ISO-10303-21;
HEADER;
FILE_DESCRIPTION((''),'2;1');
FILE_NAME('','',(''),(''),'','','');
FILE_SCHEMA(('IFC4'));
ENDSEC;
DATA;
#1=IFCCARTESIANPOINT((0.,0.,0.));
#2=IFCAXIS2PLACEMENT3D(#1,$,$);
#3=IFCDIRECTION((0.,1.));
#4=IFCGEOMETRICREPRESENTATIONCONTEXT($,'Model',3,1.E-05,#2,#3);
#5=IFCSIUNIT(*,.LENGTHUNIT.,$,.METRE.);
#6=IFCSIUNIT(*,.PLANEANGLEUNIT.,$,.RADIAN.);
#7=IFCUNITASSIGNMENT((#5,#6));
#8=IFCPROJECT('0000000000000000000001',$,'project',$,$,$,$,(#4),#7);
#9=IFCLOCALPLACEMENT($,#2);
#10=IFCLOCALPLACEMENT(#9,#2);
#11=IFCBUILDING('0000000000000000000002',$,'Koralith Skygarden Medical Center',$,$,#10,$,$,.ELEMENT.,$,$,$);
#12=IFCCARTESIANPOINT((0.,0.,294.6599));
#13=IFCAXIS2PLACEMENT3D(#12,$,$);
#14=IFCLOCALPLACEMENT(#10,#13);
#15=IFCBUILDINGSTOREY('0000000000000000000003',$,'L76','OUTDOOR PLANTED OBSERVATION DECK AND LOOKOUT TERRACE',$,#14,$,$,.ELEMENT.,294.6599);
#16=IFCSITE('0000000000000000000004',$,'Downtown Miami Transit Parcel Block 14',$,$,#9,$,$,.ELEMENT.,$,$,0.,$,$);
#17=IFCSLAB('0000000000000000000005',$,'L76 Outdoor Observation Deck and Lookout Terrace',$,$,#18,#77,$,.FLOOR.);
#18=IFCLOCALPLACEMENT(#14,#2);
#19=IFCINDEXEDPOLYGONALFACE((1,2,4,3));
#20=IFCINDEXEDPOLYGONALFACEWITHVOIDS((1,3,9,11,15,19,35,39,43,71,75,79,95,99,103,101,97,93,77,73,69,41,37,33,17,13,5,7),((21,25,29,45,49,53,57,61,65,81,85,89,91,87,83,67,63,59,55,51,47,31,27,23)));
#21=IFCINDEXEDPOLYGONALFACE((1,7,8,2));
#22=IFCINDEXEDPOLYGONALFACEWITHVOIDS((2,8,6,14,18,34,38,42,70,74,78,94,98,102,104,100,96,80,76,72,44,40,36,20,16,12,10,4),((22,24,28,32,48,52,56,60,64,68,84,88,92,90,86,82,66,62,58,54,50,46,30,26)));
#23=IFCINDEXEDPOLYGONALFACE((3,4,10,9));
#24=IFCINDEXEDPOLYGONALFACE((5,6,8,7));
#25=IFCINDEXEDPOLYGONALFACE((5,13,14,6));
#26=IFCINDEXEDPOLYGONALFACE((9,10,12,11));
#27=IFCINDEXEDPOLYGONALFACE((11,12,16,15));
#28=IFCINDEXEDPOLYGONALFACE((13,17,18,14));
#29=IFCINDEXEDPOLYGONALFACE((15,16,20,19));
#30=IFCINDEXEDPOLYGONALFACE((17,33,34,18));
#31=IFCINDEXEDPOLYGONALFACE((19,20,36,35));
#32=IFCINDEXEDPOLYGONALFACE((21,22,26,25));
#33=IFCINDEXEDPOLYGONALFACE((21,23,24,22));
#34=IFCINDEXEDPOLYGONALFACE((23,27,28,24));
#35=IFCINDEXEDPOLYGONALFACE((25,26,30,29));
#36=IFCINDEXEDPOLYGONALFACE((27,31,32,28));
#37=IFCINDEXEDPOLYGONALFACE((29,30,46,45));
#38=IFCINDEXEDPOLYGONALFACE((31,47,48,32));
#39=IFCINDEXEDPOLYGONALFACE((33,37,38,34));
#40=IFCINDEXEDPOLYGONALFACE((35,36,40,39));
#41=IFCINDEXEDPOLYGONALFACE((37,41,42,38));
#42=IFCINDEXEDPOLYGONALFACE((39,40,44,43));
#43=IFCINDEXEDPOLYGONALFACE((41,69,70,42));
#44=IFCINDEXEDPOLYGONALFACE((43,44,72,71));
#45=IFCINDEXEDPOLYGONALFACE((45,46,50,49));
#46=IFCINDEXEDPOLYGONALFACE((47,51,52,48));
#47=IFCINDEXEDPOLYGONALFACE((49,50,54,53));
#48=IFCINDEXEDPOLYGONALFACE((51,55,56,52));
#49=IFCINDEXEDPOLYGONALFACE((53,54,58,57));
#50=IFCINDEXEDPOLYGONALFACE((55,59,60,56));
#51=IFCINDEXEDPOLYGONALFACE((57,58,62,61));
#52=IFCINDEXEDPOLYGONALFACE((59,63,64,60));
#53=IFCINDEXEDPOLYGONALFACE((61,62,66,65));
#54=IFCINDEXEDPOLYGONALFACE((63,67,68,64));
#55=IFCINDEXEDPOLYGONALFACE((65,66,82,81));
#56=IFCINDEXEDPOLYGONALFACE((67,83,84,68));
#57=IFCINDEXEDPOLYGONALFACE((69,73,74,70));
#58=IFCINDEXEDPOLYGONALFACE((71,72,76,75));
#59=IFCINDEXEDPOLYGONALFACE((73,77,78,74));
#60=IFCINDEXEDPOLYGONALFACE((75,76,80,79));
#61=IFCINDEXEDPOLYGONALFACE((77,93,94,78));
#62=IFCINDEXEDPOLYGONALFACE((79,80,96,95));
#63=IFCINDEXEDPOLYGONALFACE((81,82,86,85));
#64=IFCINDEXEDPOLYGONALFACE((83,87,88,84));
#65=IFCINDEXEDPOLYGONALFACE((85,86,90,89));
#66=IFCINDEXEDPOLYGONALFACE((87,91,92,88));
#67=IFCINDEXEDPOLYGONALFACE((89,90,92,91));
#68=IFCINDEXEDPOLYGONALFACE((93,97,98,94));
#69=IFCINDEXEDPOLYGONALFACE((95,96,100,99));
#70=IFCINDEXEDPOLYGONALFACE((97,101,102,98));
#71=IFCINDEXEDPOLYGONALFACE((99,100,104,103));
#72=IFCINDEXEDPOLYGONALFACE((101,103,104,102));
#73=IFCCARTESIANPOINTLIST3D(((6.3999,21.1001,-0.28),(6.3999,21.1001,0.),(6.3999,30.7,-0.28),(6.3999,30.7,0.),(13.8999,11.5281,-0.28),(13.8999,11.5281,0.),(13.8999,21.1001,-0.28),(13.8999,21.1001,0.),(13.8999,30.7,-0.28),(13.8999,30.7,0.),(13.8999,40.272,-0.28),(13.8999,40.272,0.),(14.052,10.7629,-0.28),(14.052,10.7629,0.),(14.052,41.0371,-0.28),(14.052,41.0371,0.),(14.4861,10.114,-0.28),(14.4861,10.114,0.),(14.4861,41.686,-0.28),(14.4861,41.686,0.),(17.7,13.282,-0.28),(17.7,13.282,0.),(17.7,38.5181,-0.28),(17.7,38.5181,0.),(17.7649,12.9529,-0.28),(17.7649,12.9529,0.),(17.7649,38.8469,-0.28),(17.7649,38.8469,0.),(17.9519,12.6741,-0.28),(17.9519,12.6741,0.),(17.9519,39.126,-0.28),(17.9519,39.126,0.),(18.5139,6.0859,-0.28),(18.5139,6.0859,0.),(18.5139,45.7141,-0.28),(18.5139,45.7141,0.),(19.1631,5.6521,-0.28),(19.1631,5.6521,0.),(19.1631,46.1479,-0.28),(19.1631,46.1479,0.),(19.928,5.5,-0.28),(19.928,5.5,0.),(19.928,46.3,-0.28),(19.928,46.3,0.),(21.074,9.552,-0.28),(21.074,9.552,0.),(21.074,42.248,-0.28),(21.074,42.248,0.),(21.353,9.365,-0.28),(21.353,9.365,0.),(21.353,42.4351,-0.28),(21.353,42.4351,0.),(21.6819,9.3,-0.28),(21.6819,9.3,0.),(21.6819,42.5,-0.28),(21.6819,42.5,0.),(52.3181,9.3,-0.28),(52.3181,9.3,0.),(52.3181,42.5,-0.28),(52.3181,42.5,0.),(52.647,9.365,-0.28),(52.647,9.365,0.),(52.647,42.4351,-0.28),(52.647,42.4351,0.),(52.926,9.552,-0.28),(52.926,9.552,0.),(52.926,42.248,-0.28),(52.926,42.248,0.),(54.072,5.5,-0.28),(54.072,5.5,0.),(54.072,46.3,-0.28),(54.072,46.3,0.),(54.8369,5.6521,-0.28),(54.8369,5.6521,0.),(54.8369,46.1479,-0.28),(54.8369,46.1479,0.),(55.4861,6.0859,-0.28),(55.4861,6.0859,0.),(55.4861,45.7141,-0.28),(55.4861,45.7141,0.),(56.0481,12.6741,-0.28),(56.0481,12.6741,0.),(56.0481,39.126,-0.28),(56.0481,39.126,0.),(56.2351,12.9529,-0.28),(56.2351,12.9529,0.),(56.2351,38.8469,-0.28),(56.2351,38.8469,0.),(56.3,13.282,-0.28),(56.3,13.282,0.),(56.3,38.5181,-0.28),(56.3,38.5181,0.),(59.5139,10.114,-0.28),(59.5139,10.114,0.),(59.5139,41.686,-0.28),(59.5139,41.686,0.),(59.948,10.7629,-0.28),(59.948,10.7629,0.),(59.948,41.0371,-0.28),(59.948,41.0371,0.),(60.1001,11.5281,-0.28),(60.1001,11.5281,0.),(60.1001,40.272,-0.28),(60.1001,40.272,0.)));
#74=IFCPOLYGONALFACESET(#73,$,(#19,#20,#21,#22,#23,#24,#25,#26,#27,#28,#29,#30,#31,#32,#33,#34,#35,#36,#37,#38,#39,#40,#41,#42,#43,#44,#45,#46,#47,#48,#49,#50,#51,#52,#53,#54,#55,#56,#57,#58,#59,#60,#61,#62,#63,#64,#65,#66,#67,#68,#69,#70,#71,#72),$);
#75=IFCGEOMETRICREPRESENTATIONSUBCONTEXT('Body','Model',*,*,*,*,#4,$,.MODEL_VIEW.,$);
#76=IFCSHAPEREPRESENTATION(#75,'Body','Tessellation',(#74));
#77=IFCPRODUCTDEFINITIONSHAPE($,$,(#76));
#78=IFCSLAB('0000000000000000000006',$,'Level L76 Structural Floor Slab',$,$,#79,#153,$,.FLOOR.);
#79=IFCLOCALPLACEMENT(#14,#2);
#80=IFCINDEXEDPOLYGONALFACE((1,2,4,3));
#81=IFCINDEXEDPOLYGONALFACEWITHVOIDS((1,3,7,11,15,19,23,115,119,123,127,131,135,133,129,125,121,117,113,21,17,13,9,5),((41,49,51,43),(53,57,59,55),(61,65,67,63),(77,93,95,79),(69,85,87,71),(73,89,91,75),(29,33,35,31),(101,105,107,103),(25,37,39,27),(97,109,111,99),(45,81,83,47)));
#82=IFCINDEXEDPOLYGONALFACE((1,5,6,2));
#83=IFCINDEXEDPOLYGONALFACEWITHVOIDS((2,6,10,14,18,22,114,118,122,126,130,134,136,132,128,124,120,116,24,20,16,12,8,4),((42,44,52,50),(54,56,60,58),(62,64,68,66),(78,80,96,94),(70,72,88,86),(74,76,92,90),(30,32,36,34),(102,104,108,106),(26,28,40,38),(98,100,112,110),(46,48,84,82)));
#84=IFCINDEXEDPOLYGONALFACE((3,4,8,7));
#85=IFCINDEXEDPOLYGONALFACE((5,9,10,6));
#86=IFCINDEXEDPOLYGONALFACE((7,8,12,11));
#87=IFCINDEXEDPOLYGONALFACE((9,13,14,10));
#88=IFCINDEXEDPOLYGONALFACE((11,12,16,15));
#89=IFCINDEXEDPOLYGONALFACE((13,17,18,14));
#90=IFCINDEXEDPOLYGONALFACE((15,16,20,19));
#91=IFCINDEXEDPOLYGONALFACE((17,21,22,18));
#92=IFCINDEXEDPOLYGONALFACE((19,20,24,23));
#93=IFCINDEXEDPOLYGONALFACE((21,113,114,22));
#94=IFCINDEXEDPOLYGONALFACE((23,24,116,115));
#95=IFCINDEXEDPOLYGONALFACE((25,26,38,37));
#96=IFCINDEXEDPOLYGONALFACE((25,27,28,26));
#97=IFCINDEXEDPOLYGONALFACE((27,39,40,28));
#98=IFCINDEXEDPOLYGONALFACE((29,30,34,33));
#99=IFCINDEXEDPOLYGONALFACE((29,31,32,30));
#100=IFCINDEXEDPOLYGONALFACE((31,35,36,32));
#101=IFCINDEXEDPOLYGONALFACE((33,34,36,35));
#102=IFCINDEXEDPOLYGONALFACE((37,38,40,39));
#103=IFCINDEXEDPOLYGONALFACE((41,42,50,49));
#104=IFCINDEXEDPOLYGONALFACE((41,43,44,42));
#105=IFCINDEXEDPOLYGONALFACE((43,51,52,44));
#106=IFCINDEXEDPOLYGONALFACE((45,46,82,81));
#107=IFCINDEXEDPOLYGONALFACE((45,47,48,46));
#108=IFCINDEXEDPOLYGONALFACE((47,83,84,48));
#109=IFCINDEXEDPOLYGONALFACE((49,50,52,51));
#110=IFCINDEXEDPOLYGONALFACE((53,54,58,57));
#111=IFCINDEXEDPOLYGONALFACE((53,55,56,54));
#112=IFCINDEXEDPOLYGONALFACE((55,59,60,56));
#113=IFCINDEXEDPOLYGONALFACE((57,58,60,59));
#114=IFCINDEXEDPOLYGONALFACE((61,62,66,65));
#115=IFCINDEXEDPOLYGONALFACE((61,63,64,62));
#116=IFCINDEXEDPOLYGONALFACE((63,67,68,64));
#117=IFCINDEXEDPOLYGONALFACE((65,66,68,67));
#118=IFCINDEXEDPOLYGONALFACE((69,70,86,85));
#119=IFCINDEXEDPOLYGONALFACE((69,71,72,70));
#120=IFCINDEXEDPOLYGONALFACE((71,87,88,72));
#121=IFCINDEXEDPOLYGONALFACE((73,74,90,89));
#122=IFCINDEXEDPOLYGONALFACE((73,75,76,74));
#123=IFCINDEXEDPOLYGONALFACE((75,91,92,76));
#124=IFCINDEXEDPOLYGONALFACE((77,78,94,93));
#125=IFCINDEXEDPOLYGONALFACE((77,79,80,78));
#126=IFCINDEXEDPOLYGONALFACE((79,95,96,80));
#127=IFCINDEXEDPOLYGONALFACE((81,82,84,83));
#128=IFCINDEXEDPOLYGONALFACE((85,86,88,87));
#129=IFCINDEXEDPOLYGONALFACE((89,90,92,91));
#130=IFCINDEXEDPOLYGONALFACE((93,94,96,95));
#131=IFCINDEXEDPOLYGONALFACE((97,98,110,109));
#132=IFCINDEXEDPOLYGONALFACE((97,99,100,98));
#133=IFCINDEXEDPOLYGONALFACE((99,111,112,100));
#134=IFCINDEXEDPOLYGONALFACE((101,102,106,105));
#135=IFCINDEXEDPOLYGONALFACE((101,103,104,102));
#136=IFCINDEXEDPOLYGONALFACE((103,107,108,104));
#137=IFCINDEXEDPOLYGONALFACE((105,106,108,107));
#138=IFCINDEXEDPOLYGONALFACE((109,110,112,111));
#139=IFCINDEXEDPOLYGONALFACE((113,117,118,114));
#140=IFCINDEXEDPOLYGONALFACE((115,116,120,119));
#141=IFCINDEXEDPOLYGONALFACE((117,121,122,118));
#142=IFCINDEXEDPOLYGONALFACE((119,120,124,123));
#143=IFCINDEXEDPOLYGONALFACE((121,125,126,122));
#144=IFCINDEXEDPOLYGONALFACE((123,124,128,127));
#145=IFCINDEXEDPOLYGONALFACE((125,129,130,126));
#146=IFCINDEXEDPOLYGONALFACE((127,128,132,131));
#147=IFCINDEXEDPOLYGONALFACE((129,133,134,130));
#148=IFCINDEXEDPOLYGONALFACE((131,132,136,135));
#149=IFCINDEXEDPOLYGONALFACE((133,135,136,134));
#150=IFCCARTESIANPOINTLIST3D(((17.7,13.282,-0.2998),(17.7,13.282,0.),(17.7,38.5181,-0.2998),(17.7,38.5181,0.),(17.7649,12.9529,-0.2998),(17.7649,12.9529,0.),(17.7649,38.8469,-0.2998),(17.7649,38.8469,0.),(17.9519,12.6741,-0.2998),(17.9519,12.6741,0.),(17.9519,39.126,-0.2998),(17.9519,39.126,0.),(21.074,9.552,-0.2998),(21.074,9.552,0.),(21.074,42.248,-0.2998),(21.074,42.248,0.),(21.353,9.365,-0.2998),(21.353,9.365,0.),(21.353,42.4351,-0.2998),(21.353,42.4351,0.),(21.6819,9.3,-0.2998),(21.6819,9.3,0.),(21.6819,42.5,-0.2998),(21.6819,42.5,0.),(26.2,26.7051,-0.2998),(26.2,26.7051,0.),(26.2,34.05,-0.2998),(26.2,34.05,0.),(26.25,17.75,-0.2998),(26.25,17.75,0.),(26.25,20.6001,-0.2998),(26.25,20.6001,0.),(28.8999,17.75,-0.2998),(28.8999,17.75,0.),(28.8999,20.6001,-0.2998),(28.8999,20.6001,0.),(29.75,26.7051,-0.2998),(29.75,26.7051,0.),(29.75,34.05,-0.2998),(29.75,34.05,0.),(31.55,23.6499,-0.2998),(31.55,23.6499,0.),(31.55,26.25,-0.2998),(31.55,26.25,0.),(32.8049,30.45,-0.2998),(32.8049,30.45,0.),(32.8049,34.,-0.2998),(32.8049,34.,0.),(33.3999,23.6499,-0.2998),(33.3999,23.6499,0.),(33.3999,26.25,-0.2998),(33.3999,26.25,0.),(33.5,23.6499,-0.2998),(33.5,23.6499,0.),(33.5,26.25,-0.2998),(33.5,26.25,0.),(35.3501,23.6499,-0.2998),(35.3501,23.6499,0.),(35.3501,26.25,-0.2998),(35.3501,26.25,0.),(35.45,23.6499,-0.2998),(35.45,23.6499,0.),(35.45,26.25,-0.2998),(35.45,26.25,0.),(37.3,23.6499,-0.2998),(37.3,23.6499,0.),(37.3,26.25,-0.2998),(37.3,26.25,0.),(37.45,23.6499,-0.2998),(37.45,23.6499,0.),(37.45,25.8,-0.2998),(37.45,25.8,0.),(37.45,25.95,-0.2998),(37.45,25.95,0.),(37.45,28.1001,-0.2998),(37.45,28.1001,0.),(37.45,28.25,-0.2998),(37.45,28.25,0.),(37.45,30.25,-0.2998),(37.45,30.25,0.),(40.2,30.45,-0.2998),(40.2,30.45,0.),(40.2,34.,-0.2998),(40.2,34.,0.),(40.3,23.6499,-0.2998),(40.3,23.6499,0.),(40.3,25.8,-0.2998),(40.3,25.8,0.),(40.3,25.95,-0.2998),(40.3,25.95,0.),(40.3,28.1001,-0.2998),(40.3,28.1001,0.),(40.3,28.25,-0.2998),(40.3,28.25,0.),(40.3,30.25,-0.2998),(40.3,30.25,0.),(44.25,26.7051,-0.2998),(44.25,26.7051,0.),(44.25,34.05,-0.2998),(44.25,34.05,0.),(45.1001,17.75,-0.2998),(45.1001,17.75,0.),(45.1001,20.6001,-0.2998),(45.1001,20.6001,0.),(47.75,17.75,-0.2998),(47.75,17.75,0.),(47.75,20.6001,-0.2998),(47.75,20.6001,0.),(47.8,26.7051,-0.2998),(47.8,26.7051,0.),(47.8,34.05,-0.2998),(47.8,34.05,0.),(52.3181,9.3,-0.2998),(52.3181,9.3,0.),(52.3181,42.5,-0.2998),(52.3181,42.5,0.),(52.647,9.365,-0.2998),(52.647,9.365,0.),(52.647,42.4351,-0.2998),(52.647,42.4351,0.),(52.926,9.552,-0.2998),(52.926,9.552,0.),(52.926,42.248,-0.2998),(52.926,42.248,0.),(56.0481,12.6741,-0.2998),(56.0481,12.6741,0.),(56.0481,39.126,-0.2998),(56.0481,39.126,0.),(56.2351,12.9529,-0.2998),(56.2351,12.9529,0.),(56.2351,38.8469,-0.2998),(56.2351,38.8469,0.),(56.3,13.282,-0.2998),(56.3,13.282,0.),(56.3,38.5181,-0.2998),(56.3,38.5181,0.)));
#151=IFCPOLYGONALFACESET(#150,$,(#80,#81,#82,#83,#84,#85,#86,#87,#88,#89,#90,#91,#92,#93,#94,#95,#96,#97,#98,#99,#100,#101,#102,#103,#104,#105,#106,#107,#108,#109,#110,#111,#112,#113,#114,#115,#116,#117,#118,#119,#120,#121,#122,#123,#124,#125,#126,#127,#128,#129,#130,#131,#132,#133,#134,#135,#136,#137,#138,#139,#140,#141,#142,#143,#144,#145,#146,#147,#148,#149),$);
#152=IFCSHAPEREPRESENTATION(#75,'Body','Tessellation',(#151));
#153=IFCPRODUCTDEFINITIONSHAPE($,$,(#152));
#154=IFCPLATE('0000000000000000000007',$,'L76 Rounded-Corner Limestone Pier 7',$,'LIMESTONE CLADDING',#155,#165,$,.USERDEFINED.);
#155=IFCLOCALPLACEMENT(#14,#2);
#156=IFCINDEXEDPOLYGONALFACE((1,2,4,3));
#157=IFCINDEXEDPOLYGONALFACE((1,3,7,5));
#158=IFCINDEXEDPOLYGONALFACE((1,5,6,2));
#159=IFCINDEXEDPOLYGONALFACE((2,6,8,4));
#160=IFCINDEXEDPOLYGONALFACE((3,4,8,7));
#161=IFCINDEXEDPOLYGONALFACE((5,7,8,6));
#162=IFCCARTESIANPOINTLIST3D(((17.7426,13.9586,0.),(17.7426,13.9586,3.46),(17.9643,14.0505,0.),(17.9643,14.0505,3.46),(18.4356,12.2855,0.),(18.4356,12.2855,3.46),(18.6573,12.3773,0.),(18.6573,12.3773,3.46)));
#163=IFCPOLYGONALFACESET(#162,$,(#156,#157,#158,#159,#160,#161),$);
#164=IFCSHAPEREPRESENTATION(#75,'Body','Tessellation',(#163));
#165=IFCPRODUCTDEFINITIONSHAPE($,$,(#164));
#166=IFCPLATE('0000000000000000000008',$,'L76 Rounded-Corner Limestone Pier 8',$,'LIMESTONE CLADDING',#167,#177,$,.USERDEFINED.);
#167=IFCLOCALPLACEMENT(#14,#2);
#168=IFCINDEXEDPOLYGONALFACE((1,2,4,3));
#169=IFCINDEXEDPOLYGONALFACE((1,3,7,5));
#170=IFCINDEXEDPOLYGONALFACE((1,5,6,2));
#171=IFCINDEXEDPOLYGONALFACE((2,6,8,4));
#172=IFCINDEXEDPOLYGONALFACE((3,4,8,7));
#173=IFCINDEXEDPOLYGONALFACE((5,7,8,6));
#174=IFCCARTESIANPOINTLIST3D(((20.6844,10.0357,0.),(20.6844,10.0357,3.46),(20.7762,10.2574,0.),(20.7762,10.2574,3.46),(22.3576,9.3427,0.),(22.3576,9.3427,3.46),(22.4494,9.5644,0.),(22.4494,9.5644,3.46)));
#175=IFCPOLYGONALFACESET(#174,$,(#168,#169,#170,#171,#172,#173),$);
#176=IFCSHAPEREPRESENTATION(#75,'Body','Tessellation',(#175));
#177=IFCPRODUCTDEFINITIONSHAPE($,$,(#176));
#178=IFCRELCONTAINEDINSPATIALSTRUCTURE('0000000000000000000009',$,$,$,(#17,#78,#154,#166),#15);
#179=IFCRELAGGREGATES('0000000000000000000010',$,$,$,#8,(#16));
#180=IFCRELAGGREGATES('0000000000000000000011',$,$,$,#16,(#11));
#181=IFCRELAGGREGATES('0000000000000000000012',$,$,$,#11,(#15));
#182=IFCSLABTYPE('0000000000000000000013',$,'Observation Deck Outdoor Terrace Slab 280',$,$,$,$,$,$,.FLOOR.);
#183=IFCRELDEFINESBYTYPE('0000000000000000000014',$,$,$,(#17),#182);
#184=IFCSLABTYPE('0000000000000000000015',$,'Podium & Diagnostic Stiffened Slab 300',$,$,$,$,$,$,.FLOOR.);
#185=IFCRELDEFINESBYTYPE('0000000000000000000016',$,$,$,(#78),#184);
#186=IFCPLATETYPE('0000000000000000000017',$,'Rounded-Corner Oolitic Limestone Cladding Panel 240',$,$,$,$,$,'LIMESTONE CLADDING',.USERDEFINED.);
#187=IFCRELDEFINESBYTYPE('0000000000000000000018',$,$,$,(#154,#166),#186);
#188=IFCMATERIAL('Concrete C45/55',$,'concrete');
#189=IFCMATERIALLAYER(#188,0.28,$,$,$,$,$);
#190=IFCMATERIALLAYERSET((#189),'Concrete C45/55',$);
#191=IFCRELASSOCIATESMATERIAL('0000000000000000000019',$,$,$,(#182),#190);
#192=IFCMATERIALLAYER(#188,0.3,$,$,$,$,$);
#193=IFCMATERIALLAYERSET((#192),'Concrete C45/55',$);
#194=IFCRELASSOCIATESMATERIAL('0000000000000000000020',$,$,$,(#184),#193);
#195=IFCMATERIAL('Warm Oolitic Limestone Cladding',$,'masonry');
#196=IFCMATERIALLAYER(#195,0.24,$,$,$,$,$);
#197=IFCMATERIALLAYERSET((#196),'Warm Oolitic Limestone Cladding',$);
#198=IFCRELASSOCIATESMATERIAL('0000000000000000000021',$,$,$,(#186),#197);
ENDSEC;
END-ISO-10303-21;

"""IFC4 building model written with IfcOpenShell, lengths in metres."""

from ifc_helpers import new_model, si_unit, direction, frame, origin, origin_2d, place, context, subcontext, project, spatial, polyline, rectangle, outline, extrude, material, layer, layer_set, type_object, element, save


model = new_model("IFC4")

# Units and contexts
model_context = context("Model", 3, precision=1e-05, world=origin(), true_north=direction((0.0, 1.0)))
body_context = subcontext(model_context, "Body", "Model", "MODEL_VIEW")
ifc_project = project(units=[si_unit("LENGTHUNIT", "METRE"), si_unit("PLANEANGLEUNIT", "RADIAN")], contexts=[model_context])

# Site, building, storey
site_placement = place(None, origin())
site = spatial("IfcSite", under=ifc_project, at=site_placement, Name="Downtown Miami Transit Parcel Block 14", CompositionType="ELEMENT", RefElevation=0.0)
building_placement = place(site_placement, origin())
building = spatial("IfcBuilding", under=site, at=building_placement, Name="Koralith Skygarden Medical Center", CompositionType="ELEMENT")
storey_placement = place(building_placement, frame((0.0, 0.0, 294.6599)))
storey = spatial("IfcBuildingStorey", under=building, at=storey_placement, Name="L76", Description="OUTDOOR PLANTED OBSERVATION DECK AND LOOKOUT TERRACE", CompositionType="ELEMENT", Elevation=294.6599)

# Shared definitions
ifc_material_1 = material(Name="Concrete C45/55", Category="concrete")

# Slabs
ifc_layer_1 = layer(ifc_material_1, 0.28)
ifc_layer_set_1 = layer_set([ifc_layer_1], Name="Concrete C45/55")
slab_type_1 = type_object("IfcSlabType", Name="Observation Deck Outdoor Terrace Slab 280", PredefinedType="FLOOR", material=ifc_layer_set_1)
slab_1_placement = place(storey_placement, frame((0.0, 0.0, -0.28)))
element("IfcSlab", 1, at=slab_1_placement, inside=storey, type_object=slab_type_1, Name="L76 Outdoor Observation Deck and Lookout Terrace", PredefinedType="FLOOR", context=body_context, shape_type="SweptSolid", body=[
    extrude(outline(polyline([(6.3999, 30.7), (13.8999, 30.7), (13.8999, 40.272), (14.052, 41.0371), (14.4861, 41.686), (18.5139, 45.7141), (19.1631, 46.1479), (19.928, 46.3), (54.072, 46.3), (54.8369, 46.1479), (55.4861, 45.7141), (59.5139, 41.686), (59.948, 41.0371), (60.1001, 40.272), (60.1001, 11.5281), (59.948, 10.7629), (59.5139, 10.114), (55.4861, 6.0859), (54.8369, 5.6521), (54.072, 5.5), (19.928, 5.5), (19.1631, 5.6521), (18.5139, 6.0859), (14.4861, 10.114), (14.052, 10.7629), (13.8999, 11.5281), (13.8999, 21.1001), (6.3999, 21.1001), (6.3999, 30.7)]), holes=[polyline([(21.353, 9.365), (21.6819, 9.3), (52.3181, 9.3), (52.647, 9.365), (52.926, 9.552), (56.0481, 12.6741), (56.2351, 12.9529), (56.3, 13.282), (56.3, 38.5181), (56.2351, 38.8469), (56.0481, 39.126), (52.926, 42.248), (52.647, 42.4351), (52.3181, 42.5), (21.6819, 42.5), (21.353, 42.4351), (21.074, 42.248), (17.9519, 39.126), (17.7649, 38.8469), (17.7, 38.5181), (17.7, 13.282), (17.7649, 12.9529), (17.9519, 12.6741), (21.074, 9.552), (21.353, 9.365)])]), origin(), (0.0, 0.0, 1.0), 0.28),
])
ifc_layer_2 = layer(ifc_material_1, 0.3)
ifc_layer_set_2 = layer_set([ifc_layer_2], Name="Concrete C45/55")
slab_type_2 = type_object("IfcSlabType", Name="Podium & Diagnostic Stiffened Slab 300", PredefinedType="FLOOR", material=ifc_layer_set_2)
slab_2_placement = place(storey_placement, frame((0.0, 0.0, -0.2998)))
element("IfcSlab", 2, at=slab_2_placement, inside=storey, type_object=slab_type_2, Name="Level L76 Structural Floor Slab", PredefinedType="FLOOR", context=body_context, shape_type="SweptSolid", body=[
    extrude(outline(polyline([(21.074, 9.552), (21.353, 9.365), (21.6819, 9.3), (52.3181, 9.3), (52.647, 9.365), (52.926, 9.552), (56.0481, 12.6741), (56.2351, 12.9529), (56.3, 13.282), (56.3, 38.5181), (56.2351, 38.8469), (56.0481, 39.126), (52.926, 42.248), (52.647, 42.4351), (52.3181, 42.5), (21.6819, 42.5), (21.353, 42.4351), (21.074, 42.248), (17.9519, 39.126), (17.7649, 38.8469), (17.7, 38.5181), (17.7, 13.282), (17.7649, 12.9529), (17.9519, 12.6741), (21.074, 9.552)]), holes=[polyline([(26.2, 26.7051), (29.75, 26.7051), (29.75, 34.05), (26.2, 34.05), (26.2, 26.7051)]), polyline([(44.25, 26.7051), (47.8, 26.7051), (47.8, 34.05), (44.25, 34.05), (44.25, 26.7051)]), polyline([(32.8049, 30.45), (40.2, 30.45), (40.2, 34.0), (32.8049, 34.0), (32.8049, 30.45)]), polyline([(26.25, 17.75), (28.8999, 17.75), (28.8999, 20.6001), (26.25, 20.6001), (26.25, 17.75)]), polyline([(45.1001, 17.75), (47.75, 17.75), (47.75, 20.6001), (45.1001, 20.6001), (45.1001, 17.75)]), polyline([(31.55, 23.6499), (33.3999, 23.6499), (33.3999, 26.25), (31.55, 26.25), (31.55, 23.6499)]), polyline([(33.5, 23.6499), (35.3501, 23.6499), (35.3501, 26.25), (33.5, 26.25), (33.5, 23.6499)]), polyline([(35.45, 23.6499), (37.3, 23.6499), (37.3, 26.25), (35.45, 26.25), (35.45, 23.6499)]), polyline([(37.45, 23.6499), (40.3, 23.6499), (40.3, 25.8), (37.45, 25.8), (37.45, 23.6499)]), polyline([(37.45, 25.95), (40.3, 25.95), (40.3, 28.1001), (37.45, 28.1001), (37.45, 25.95)]), polyline([(37.45, 28.25), (40.3, 28.25), (40.3, 30.25), (37.45, 30.25), (37.45, 28.25)])]), origin(), (0.0, 0.0, 1.0), 0.2998),
])

# Plates
ifc_material_2 = material(Name="Warm Oolitic Limestone Cladding", Category="masonry")
ifc_layer_3 = layer(ifc_material_2, 0.24)
ifc_layer_set_3 = layer_set([ifc_layer_3], Name="Warm Oolitic Limestone Cladding")
plate_type_1 = type_object("IfcPlateType", Name="Rounded-Corner Oolitic Limestone Cladding Panel 240", ElementType="LIMESTONE CLADDING", PredefinedType="USERDEFINED", material=ifc_layer_set_3)
for number, where, z_axis, x_axis, name in (
    (3, (18.2, 13.168, 0.0), (0.0, 0.0, 1.0), (0.382671, -0.923885, 0.0), "L76 Rounded-Corner Limestone Pier 7"),
    (4, (21.5669, 9.8, 0.0), (0.0, 0.0, 1.0), (0.923885, -0.382671, 0.0), "L76 Rounded-Corner Limestone Pier 8"),
):
    element("IfcPlate", number, at=place(storey_placement, frame(where, z_axis=z_axis, x_axis=x_axis)), inside=storey, type_object=plate_type_1, Name=name, ObjectType="LIMESTONE CLADDING", PredefinedType="USERDEFINED", context=body_context, shape_type="SweptSolid", body=[
        extrude(rectangle(XDim=1.811, YDim=0.24, at=origin_2d()), origin(), (0.0, 0.0, 1.0), 3.46),
    ])

save(model, "model.ifc")
